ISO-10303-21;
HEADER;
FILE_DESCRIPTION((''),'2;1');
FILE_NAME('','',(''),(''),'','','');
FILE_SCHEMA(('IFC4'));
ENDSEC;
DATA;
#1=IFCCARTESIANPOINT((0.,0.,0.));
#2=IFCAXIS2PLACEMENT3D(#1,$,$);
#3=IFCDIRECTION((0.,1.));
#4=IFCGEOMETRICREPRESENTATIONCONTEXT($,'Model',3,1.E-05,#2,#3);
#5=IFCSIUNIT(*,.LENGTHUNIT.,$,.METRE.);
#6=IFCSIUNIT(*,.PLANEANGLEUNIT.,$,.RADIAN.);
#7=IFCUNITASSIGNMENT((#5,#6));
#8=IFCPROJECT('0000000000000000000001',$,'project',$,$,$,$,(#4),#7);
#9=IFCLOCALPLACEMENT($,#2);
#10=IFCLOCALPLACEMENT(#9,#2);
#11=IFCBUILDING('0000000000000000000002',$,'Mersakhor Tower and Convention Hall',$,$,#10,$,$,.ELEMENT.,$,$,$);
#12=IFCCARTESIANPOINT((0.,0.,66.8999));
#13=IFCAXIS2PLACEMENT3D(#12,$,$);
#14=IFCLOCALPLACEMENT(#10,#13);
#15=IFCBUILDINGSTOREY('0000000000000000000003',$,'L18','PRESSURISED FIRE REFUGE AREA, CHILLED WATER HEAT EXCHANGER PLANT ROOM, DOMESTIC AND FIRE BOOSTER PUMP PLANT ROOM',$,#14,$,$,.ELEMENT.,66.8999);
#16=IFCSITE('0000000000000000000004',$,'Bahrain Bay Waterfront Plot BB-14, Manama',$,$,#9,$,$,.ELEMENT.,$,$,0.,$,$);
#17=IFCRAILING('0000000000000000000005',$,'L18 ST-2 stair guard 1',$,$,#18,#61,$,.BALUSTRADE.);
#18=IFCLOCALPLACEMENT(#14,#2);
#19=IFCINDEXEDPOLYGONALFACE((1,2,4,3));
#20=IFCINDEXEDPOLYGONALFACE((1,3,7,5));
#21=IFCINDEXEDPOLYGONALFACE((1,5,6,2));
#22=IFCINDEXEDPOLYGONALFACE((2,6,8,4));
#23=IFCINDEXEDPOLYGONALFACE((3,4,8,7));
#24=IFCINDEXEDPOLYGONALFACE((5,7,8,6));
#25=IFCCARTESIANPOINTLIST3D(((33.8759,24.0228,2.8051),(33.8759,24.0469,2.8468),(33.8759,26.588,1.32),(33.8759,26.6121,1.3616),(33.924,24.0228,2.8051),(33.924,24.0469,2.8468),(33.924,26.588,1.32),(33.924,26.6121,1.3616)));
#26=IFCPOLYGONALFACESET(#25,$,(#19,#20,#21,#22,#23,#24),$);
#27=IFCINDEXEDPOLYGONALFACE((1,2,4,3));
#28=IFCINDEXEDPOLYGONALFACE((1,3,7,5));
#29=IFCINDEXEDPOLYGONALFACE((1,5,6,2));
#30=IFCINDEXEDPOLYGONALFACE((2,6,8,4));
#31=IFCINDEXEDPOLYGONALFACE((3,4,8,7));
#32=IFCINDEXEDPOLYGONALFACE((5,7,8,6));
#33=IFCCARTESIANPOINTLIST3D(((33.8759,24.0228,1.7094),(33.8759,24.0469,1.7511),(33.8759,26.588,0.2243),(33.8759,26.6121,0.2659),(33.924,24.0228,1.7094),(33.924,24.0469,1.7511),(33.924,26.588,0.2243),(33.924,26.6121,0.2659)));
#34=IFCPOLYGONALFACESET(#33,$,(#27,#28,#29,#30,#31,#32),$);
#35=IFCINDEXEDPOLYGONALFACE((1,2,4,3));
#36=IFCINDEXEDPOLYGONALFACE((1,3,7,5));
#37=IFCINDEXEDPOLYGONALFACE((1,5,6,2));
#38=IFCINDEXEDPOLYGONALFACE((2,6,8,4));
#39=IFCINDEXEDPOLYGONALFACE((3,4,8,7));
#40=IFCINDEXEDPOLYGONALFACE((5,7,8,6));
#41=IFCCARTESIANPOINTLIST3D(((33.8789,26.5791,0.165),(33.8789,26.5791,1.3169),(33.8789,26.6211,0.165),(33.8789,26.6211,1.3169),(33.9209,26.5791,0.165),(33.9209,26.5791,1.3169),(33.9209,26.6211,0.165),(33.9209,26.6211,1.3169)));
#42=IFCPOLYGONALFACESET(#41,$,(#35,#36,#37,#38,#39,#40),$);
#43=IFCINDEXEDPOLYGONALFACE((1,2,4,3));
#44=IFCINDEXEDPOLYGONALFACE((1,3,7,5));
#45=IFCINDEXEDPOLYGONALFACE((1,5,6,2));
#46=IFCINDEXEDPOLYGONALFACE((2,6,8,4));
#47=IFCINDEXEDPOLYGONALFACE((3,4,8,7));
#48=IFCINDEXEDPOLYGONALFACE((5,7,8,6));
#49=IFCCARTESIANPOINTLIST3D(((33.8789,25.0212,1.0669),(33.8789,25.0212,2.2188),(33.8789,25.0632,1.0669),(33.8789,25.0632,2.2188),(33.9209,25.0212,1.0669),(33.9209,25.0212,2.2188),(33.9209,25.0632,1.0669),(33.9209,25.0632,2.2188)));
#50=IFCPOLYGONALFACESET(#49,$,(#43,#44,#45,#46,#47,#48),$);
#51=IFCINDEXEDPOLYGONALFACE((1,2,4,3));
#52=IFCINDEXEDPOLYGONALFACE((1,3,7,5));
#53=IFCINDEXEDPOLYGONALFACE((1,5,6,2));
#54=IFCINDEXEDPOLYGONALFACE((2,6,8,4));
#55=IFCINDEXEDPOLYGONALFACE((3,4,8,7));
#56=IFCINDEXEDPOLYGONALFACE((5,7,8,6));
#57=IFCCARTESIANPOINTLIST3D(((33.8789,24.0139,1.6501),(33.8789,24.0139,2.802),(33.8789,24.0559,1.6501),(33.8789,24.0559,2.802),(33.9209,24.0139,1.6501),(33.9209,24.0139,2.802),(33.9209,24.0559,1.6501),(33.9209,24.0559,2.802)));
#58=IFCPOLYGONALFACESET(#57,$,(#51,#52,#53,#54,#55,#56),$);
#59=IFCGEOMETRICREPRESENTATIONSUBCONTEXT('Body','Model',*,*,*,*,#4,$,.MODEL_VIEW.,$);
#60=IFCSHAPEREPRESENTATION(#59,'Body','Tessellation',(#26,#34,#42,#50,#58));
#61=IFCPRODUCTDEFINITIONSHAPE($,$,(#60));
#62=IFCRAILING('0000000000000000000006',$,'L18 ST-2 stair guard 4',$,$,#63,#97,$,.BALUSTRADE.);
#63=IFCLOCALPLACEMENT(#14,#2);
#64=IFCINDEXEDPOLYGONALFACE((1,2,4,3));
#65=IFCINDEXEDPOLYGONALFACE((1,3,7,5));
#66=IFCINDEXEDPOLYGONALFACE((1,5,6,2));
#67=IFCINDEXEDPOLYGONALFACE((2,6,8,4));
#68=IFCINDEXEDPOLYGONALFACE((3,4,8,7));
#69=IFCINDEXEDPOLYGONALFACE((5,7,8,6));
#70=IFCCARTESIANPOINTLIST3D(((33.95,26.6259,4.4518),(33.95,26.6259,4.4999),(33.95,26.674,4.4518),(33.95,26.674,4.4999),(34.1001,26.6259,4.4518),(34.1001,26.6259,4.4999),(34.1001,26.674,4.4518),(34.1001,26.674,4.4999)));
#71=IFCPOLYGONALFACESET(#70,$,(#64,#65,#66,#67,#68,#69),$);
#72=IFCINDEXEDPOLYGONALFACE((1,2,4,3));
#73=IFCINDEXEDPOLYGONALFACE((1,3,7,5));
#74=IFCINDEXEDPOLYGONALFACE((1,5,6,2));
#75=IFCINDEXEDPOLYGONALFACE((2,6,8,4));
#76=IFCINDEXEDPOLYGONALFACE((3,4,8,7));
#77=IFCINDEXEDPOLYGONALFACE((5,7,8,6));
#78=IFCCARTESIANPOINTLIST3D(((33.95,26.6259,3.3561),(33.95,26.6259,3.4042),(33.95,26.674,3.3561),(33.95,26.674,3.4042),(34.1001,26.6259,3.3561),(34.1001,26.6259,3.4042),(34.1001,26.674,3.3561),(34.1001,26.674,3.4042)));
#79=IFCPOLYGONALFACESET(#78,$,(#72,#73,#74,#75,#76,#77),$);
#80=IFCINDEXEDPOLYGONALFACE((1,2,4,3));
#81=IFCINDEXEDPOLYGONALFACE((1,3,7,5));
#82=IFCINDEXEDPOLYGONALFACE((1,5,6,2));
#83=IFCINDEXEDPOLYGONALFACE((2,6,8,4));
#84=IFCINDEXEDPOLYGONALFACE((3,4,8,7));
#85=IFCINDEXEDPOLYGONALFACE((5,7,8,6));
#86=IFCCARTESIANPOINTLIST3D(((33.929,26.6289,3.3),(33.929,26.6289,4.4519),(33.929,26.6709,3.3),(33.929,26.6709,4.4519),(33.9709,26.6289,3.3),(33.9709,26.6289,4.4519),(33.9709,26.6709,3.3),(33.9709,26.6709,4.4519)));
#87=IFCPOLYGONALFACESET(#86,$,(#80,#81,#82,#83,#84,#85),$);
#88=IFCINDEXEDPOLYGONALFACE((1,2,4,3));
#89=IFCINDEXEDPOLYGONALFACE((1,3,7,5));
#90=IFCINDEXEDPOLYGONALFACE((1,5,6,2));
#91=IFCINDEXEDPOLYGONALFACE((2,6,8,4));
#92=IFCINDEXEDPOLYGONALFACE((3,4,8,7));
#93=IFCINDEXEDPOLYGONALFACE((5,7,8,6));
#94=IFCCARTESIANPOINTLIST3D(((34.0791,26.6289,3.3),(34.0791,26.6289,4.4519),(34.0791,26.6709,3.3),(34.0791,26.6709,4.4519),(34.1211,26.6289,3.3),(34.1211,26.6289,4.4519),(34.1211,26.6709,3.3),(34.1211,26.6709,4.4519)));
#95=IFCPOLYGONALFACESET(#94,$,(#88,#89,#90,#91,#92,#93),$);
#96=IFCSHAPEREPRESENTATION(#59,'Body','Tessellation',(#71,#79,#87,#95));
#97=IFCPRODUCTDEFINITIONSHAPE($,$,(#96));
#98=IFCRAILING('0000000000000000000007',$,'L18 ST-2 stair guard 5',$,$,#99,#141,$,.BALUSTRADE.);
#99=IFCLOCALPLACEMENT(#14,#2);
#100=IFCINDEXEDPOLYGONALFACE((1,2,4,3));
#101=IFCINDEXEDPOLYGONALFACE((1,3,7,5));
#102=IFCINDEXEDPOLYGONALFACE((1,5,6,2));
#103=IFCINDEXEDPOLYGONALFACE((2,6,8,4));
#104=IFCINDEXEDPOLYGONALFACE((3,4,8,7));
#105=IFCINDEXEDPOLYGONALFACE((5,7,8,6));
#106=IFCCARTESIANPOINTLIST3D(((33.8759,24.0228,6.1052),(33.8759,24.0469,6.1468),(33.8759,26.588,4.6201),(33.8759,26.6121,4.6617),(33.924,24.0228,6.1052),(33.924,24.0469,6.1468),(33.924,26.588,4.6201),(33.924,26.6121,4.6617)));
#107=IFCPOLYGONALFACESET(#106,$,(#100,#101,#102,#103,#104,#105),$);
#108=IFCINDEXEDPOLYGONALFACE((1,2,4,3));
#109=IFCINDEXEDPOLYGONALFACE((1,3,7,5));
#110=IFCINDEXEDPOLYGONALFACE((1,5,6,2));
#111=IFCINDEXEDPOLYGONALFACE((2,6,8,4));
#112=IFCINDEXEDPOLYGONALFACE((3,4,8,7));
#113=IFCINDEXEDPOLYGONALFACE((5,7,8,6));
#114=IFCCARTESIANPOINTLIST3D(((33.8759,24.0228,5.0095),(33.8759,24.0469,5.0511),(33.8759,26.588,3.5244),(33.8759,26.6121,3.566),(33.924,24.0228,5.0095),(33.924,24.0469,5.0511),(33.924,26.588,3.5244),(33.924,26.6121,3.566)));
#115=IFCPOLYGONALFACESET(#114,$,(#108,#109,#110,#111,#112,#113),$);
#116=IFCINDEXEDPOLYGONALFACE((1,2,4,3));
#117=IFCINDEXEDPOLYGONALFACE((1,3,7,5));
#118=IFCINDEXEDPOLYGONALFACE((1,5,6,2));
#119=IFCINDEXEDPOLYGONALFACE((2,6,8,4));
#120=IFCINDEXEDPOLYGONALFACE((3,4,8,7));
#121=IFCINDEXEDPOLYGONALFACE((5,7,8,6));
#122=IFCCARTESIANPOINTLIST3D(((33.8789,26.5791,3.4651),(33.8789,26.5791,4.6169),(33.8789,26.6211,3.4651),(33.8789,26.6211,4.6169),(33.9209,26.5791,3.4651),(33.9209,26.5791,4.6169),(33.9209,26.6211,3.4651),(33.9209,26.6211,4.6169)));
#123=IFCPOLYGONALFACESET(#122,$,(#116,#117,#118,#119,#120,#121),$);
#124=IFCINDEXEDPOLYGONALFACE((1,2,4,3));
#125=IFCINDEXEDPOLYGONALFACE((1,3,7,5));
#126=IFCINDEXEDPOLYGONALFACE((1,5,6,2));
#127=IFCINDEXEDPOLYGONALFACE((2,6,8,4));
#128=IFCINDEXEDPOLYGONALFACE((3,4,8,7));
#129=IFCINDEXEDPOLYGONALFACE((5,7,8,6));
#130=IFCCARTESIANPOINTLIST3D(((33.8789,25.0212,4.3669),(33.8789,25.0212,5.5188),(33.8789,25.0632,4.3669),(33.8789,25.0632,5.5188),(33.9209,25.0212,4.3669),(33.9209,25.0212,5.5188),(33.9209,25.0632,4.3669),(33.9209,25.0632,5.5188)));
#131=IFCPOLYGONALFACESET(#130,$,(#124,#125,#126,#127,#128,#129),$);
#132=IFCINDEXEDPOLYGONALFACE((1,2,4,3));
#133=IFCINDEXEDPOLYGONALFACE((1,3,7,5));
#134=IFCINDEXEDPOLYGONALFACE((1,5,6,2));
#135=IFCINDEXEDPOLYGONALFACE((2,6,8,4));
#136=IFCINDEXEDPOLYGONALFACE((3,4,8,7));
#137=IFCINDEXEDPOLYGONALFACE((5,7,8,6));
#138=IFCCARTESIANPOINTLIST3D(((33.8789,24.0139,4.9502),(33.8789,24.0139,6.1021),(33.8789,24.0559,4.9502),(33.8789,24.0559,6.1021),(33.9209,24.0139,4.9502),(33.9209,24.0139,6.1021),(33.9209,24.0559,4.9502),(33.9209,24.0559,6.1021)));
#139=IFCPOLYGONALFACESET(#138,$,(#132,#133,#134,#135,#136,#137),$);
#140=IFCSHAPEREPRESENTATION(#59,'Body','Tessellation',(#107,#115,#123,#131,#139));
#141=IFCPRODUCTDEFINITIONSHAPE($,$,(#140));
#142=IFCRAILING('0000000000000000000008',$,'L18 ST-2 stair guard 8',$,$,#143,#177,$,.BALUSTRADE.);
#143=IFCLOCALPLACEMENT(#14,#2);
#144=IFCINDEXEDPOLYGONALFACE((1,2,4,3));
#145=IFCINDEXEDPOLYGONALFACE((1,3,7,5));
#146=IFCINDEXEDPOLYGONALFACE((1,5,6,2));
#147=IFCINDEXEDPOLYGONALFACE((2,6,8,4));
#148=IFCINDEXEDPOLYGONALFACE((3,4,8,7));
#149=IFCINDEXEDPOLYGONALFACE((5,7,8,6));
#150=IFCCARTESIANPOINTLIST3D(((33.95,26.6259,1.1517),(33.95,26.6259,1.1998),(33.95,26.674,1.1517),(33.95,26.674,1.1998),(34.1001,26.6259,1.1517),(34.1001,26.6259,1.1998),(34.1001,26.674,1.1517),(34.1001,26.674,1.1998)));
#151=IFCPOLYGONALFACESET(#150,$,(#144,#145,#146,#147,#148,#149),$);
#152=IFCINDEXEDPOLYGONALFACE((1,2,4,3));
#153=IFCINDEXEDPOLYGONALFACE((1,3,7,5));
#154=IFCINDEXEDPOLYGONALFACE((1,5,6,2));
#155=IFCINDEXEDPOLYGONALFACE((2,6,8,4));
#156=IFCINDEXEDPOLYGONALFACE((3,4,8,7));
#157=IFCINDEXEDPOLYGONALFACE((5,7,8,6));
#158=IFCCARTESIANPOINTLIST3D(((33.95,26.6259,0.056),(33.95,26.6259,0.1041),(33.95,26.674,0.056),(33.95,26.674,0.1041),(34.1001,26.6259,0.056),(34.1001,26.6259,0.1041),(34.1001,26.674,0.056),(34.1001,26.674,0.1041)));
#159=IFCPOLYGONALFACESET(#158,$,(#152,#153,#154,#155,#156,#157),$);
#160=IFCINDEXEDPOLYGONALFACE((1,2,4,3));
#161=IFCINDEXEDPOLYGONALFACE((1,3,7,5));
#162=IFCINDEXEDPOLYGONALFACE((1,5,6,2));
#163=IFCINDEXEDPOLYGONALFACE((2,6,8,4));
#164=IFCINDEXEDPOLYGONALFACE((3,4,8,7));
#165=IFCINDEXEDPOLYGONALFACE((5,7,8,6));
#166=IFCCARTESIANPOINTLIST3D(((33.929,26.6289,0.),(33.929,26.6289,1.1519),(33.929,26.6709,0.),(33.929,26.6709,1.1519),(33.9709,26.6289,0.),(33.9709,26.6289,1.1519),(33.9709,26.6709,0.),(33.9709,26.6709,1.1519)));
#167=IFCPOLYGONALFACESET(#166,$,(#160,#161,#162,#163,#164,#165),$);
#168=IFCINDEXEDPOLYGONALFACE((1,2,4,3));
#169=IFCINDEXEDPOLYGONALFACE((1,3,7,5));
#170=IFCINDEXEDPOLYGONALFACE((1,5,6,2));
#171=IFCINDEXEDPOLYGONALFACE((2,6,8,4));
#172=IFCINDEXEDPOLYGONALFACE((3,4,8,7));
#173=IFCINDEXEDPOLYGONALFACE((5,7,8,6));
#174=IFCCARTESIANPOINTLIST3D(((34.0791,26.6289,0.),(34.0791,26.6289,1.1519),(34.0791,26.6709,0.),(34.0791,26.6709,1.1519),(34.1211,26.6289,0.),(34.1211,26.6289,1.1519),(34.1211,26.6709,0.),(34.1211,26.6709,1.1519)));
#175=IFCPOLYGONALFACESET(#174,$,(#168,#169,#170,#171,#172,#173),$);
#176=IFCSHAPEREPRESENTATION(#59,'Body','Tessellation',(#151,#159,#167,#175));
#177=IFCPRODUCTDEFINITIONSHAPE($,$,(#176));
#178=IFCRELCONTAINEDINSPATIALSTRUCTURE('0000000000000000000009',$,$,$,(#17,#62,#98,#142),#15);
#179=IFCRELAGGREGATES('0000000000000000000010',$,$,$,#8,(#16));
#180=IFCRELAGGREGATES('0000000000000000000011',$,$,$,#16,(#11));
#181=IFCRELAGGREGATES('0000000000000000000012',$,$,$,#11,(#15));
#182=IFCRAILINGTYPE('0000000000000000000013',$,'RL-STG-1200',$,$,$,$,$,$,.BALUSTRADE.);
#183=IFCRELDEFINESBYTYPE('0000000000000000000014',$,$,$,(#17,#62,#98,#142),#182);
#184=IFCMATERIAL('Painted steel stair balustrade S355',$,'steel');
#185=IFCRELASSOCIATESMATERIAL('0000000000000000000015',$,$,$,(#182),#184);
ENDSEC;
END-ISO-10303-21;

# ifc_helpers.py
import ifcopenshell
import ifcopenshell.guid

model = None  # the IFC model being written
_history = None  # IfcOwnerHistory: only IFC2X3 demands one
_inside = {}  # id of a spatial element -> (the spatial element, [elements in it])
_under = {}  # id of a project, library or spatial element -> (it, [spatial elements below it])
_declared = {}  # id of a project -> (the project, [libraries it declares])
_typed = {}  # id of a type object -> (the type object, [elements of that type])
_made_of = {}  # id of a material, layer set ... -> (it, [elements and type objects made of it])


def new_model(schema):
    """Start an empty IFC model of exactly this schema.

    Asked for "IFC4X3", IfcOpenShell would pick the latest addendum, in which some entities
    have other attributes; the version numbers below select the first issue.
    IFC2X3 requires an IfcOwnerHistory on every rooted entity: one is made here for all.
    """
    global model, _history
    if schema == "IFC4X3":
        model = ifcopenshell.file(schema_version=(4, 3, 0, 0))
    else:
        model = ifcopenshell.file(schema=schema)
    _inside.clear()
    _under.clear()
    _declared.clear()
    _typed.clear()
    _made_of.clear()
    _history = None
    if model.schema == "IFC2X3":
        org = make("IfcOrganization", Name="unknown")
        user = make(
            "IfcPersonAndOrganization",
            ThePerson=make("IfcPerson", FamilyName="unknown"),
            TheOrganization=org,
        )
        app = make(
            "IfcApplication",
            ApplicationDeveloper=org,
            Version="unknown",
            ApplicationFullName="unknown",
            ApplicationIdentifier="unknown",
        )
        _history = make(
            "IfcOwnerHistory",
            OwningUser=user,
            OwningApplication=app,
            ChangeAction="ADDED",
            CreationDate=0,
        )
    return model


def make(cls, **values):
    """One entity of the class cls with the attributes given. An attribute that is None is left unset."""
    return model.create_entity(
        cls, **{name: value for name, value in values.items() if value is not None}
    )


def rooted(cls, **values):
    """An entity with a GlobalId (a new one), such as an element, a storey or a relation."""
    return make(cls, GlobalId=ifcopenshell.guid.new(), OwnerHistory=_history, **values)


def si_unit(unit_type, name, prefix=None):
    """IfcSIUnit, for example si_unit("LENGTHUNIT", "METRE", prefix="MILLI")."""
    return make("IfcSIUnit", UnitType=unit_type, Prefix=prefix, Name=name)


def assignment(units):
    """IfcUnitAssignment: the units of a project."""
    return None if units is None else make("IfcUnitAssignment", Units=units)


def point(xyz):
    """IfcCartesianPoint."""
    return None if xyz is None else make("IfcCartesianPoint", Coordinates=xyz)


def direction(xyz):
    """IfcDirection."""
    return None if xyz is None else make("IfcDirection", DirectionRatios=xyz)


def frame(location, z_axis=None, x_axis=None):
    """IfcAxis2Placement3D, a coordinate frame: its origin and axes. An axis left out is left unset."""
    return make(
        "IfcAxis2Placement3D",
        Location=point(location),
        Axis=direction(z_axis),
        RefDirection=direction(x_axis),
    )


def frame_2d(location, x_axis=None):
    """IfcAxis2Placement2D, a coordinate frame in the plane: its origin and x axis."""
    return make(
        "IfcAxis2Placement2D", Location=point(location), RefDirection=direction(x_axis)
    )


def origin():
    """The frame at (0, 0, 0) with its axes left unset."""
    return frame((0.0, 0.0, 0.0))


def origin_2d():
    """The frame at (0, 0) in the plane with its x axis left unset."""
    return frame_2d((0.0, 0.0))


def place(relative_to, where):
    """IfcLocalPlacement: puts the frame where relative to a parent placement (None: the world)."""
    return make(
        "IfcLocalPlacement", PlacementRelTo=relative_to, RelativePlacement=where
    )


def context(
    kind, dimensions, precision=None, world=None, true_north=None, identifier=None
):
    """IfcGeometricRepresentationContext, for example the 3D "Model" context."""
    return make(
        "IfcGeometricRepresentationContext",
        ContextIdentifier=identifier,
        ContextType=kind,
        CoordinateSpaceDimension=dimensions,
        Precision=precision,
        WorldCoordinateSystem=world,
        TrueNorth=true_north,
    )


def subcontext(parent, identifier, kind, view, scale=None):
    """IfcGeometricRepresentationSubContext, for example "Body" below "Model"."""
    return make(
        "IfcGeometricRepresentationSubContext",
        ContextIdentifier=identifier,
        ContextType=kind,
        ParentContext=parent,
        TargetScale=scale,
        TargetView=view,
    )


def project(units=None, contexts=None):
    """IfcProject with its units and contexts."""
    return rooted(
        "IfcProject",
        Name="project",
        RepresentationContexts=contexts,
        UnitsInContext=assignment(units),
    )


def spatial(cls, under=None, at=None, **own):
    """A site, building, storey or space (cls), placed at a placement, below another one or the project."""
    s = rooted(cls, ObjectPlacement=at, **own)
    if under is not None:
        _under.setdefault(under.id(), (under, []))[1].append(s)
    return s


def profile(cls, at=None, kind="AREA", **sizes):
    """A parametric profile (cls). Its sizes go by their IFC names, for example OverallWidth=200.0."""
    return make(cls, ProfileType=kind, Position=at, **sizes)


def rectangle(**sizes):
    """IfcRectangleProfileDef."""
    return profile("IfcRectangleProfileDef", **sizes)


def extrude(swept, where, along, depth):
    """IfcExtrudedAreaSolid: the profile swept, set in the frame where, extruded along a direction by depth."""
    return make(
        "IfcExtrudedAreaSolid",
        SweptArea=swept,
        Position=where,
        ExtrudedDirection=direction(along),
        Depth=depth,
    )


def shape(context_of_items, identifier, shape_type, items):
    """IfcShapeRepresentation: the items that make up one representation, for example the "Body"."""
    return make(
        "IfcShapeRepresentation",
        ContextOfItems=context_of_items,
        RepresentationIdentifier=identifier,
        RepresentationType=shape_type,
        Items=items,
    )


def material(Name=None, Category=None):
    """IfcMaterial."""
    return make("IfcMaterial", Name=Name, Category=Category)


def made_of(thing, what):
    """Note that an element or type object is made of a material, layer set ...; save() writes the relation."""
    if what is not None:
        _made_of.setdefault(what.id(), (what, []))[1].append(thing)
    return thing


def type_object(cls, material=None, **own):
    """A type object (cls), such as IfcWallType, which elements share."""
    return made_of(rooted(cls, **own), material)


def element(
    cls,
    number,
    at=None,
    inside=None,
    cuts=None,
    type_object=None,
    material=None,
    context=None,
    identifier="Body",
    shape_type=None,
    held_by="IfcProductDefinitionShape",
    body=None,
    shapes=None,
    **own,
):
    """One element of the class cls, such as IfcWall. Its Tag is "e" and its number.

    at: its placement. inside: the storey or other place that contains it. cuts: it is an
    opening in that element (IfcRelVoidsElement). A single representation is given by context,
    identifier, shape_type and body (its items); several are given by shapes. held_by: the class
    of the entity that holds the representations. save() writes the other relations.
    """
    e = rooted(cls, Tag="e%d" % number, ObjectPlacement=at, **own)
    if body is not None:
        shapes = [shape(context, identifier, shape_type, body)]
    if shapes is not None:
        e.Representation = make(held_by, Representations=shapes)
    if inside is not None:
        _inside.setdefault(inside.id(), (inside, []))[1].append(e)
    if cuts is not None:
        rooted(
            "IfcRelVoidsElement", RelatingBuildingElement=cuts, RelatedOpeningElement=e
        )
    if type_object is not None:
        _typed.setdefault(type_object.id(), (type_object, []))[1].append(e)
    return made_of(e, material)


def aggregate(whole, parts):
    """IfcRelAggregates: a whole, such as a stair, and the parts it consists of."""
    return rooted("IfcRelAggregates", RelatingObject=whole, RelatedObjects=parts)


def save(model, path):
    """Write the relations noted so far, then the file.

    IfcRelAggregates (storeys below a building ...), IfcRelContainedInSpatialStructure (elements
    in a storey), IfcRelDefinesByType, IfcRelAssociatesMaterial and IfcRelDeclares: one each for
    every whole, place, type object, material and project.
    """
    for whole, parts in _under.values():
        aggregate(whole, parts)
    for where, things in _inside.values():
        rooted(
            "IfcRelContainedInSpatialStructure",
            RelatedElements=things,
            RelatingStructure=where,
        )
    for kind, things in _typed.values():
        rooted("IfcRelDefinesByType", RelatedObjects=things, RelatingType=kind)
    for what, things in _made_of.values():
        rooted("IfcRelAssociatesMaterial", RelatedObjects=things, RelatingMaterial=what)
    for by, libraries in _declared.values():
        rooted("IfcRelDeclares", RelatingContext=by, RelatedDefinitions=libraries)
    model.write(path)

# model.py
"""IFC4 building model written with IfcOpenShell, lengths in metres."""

from ifc_helpers import new_model, si_unit, direction, frame, origin, origin_2d, place, context, subcontext, project, spatial, rectangle, extrude, material, type_object, element, save


model = new_model("IFC4")

# Units and contexts
model_context = context("Model", 3, precision=1e-05, world=origin(), true_north=direction((0.0, 1.0)))
body_context = subcontext(model_context, "Body", "Model", "MODEL_VIEW")
ifc_project = project(units=[si_unit("LENGTHUNIT", "METRE"), si_unit("PLANEANGLEUNIT", "RADIAN")], contexts=[model_context])

# Site, building, storey
site_placement = place(None, origin())
site = spatial("IfcSite", under=ifc_project, at=site_placement, Name="Bahrain Bay Waterfront Plot BB-14, Manama", CompositionType="ELEMENT", RefElevation=0.0)
building_placement = place(site_placement, origin())
building = spatial("IfcBuilding", under=site, at=building_placement, Name="Mersakhor Tower and Convention Hall", CompositionType="ELEMENT")
storey_placement = place(building_placement, frame((0.0, 0.0, 66.8999)))
storey = spatial("IfcBuildingStorey", under=building, at=storey_placement, Name="L18", Description="PRESSURISED FIRE REFUGE AREA, CHILLED WATER HEAT EXCHANGER PLANT ROOM, DOMESTIC AND FIRE BOOSTER PUMP PLANT ROOM", CompositionType="ELEMENT", Elevation=66.8999)

# Railings
ifc_material_1 = material(Name="Painted steel stair balustrade S355", Category="steel")
railing_type_1 = type_object("IfcRailingType", Name="RL-STG-1200", PredefinedType="BALUSTRADE", material=ifc_material_1)
railing_1_placement = place(storey_placement, frame((33.8999, 26.6001, 0.165)))
element("IfcRailing", 1, at=railing_1_placement, inside=storey, type_object=railing_type_1, Name="L18 ST-2 stair guard 1", PredefinedType="BALUSTRADE", context=body_context, shape_type="SweptSolid", body=[
    extrude(rectangle(XDim=0.0481, YDim=0.0481, at=origin_2d()), frame((0.0, 0.0, 1.1758), z_axis=(0.0, -0.865426, 0.501036), x_axis=(1.0, 0.0, 0.0)), (0.0, 0.0, 1.0), 2.9641),
    extrude(rectangle(XDim=0.0481, YDim=0.0481, at=origin_2d()), frame((0.0, 0.0, 0.0801), z_axis=(0.0, -0.865426, 0.501036), x_axis=(1.0, 0.0, 0.0)), (0.0, 0.0, 1.0), 2.9641),
    extrude(rectangle(XDim=0.042, YDim=0.042, at=origin_2d()), origin(), (0.0, 0.0, 1.0), 1.1519),
    extrude(rectangle(XDim=0.042, YDim=0.042, at=origin_2d()), frame((0.0, -1.5579, 0.9019)), (0.0, 0.0, 1.0), 1.1519),
    extrude(rectangle(XDim=0.042, YDim=0.042, at=origin_2d()), frame((0.0, -2.5652, 1.4851)), (0.0, 0.0, 1.0), 1.1519),
])
railing_2_placement = place(storey_placement, frame((33.95, 26.6499, 3.3)))
element("IfcRailing", 2, at=railing_2_placement, inside=storey, type_object=railing_type_1, Name="L18 ST-2 stair guard 4", PredefinedType="BALUSTRADE", context=body_context, shape_type="SweptSolid", body=[
    extrude(rectangle(XDim=0.0481, YDim=0.0481, at=origin_2d()), frame((0.0, 0.0, 1.1758), z_axis=(1.0, 0.0, 0.0), x_axis=(0.0, 1.0, 0.0)), (0.0, 0.0, 1.0), 0.1501),
    extrude(rectangle(XDim=0.0481, YDim=0.0481, at=origin_2d()), frame((0.0, 0.0, 0.0801), z_axis=(1.0, 0.0, 0.0), x_axis=(0.0, 1.0, 0.0)), (0.0, 0.0, 1.0), 0.1501),
    extrude(rectangle(XDim=0.042, YDim=0.042, at=origin_2d()), origin(), (0.0, 0.0, 1.0), 1.1519),
    extrude(rectangle(XDim=0.042, YDim=0.042, at=origin_2d()), frame((0.1501, 0.0, 0.0)), (0.0, 0.0, 1.0), 1.1519),
])
railing_3_placement = place(storey_placement, frame((33.8999, 26.6001, 3.4651)))
element("IfcRailing", 3, at=railing_3_placement, inside=storey, type_object=railing_type_1, Name="L18 ST-2 stair guard 5", PredefinedType="BALUSTRADE", context=body_context, shape_type="SweptSolid", body=[
    extrude(rectangle(XDim=0.0481, YDim=0.0481, at=origin_2d()), frame((0.0, 0.0, 1.1758), z_axis=(0.0, -0.865426, 0.501036), x_axis=(1.0, 0.0, 0.0)), (0.0, 0.0, 1.0), 2.9641),
    extrude(rectangle(XDim=0.0481, YDim=0.0481, at=origin_2d()), frame((0.0, 0.0, 0.0801), z_axis=(0.0, -0.865426, 0.501036), x_axis=(1.0, 0.0, 0.0)), (0.0, 0.0, 1.0), 2.9641),
    extrude(rectangle(XDim=0.042, YDim=0.042, at=origin_2d()), origin(), (0.0, 0.0, 1.0), 1.1519),
    extrude(rectangle(XDim=0.042, YDim=0.042, at=origin_2d()), frame((0.0, -1.5579, 0.9019)), (0.0, 0.0, 1.0), 1.1519),
    extrude(rectangle(XDim=0.042, YDim=0.042, at=origin_2d()), frame((0.0, -2.5652, 1.4851)), (0.0, 0.0, 1.0), 1.1519),
])
railing_4_placement = place(storey_placement, frame((33.95, 26.6499, 0.0)))
element("IfcRailing", 4, at=railing_4_placement, inside=storey, type_object=railing_type_1, Name="L18 ST-2 stair guard 8", PredefinedType="BALUSTRADE", context=body_context, shape_type="SweptSolid", body=[
    extrude(rectangle(XDim=0.0481, YDim=0.0481, at=origin_2d()), frame((0.0, 0.0, 1.1758), z_axis=(1.0, 0.0, 0.0), x_axis=(0.0, 1.0, 0.0)), (0.0, 0.0, 1.0), 0.1501),
    extrude(rectangle(XDim=0.0481, YDim=0.0481, at=origin_2d()), frame((0.0, 0.0, 0.0801), z_axis=(1.0, 0.0, 0.0), x_axis=(0.0, 1.0, 0.0)), (0.0, 0.0, 1.0), 0.1501),
    extrude(rectangle(XDim=0.042, YDim=0.042, at=origin_2d()), origin(), (0.0, 0.0, 1.0), 1.1519),
    extrude(rectangle(XDim=0.042, YDim=0.042, at=origin_2d()), frame((0.1501, 0.0, 0.0)), (0.0, 0.0, 1.0), 1.1519),
])

save(model, "model.ifc")
